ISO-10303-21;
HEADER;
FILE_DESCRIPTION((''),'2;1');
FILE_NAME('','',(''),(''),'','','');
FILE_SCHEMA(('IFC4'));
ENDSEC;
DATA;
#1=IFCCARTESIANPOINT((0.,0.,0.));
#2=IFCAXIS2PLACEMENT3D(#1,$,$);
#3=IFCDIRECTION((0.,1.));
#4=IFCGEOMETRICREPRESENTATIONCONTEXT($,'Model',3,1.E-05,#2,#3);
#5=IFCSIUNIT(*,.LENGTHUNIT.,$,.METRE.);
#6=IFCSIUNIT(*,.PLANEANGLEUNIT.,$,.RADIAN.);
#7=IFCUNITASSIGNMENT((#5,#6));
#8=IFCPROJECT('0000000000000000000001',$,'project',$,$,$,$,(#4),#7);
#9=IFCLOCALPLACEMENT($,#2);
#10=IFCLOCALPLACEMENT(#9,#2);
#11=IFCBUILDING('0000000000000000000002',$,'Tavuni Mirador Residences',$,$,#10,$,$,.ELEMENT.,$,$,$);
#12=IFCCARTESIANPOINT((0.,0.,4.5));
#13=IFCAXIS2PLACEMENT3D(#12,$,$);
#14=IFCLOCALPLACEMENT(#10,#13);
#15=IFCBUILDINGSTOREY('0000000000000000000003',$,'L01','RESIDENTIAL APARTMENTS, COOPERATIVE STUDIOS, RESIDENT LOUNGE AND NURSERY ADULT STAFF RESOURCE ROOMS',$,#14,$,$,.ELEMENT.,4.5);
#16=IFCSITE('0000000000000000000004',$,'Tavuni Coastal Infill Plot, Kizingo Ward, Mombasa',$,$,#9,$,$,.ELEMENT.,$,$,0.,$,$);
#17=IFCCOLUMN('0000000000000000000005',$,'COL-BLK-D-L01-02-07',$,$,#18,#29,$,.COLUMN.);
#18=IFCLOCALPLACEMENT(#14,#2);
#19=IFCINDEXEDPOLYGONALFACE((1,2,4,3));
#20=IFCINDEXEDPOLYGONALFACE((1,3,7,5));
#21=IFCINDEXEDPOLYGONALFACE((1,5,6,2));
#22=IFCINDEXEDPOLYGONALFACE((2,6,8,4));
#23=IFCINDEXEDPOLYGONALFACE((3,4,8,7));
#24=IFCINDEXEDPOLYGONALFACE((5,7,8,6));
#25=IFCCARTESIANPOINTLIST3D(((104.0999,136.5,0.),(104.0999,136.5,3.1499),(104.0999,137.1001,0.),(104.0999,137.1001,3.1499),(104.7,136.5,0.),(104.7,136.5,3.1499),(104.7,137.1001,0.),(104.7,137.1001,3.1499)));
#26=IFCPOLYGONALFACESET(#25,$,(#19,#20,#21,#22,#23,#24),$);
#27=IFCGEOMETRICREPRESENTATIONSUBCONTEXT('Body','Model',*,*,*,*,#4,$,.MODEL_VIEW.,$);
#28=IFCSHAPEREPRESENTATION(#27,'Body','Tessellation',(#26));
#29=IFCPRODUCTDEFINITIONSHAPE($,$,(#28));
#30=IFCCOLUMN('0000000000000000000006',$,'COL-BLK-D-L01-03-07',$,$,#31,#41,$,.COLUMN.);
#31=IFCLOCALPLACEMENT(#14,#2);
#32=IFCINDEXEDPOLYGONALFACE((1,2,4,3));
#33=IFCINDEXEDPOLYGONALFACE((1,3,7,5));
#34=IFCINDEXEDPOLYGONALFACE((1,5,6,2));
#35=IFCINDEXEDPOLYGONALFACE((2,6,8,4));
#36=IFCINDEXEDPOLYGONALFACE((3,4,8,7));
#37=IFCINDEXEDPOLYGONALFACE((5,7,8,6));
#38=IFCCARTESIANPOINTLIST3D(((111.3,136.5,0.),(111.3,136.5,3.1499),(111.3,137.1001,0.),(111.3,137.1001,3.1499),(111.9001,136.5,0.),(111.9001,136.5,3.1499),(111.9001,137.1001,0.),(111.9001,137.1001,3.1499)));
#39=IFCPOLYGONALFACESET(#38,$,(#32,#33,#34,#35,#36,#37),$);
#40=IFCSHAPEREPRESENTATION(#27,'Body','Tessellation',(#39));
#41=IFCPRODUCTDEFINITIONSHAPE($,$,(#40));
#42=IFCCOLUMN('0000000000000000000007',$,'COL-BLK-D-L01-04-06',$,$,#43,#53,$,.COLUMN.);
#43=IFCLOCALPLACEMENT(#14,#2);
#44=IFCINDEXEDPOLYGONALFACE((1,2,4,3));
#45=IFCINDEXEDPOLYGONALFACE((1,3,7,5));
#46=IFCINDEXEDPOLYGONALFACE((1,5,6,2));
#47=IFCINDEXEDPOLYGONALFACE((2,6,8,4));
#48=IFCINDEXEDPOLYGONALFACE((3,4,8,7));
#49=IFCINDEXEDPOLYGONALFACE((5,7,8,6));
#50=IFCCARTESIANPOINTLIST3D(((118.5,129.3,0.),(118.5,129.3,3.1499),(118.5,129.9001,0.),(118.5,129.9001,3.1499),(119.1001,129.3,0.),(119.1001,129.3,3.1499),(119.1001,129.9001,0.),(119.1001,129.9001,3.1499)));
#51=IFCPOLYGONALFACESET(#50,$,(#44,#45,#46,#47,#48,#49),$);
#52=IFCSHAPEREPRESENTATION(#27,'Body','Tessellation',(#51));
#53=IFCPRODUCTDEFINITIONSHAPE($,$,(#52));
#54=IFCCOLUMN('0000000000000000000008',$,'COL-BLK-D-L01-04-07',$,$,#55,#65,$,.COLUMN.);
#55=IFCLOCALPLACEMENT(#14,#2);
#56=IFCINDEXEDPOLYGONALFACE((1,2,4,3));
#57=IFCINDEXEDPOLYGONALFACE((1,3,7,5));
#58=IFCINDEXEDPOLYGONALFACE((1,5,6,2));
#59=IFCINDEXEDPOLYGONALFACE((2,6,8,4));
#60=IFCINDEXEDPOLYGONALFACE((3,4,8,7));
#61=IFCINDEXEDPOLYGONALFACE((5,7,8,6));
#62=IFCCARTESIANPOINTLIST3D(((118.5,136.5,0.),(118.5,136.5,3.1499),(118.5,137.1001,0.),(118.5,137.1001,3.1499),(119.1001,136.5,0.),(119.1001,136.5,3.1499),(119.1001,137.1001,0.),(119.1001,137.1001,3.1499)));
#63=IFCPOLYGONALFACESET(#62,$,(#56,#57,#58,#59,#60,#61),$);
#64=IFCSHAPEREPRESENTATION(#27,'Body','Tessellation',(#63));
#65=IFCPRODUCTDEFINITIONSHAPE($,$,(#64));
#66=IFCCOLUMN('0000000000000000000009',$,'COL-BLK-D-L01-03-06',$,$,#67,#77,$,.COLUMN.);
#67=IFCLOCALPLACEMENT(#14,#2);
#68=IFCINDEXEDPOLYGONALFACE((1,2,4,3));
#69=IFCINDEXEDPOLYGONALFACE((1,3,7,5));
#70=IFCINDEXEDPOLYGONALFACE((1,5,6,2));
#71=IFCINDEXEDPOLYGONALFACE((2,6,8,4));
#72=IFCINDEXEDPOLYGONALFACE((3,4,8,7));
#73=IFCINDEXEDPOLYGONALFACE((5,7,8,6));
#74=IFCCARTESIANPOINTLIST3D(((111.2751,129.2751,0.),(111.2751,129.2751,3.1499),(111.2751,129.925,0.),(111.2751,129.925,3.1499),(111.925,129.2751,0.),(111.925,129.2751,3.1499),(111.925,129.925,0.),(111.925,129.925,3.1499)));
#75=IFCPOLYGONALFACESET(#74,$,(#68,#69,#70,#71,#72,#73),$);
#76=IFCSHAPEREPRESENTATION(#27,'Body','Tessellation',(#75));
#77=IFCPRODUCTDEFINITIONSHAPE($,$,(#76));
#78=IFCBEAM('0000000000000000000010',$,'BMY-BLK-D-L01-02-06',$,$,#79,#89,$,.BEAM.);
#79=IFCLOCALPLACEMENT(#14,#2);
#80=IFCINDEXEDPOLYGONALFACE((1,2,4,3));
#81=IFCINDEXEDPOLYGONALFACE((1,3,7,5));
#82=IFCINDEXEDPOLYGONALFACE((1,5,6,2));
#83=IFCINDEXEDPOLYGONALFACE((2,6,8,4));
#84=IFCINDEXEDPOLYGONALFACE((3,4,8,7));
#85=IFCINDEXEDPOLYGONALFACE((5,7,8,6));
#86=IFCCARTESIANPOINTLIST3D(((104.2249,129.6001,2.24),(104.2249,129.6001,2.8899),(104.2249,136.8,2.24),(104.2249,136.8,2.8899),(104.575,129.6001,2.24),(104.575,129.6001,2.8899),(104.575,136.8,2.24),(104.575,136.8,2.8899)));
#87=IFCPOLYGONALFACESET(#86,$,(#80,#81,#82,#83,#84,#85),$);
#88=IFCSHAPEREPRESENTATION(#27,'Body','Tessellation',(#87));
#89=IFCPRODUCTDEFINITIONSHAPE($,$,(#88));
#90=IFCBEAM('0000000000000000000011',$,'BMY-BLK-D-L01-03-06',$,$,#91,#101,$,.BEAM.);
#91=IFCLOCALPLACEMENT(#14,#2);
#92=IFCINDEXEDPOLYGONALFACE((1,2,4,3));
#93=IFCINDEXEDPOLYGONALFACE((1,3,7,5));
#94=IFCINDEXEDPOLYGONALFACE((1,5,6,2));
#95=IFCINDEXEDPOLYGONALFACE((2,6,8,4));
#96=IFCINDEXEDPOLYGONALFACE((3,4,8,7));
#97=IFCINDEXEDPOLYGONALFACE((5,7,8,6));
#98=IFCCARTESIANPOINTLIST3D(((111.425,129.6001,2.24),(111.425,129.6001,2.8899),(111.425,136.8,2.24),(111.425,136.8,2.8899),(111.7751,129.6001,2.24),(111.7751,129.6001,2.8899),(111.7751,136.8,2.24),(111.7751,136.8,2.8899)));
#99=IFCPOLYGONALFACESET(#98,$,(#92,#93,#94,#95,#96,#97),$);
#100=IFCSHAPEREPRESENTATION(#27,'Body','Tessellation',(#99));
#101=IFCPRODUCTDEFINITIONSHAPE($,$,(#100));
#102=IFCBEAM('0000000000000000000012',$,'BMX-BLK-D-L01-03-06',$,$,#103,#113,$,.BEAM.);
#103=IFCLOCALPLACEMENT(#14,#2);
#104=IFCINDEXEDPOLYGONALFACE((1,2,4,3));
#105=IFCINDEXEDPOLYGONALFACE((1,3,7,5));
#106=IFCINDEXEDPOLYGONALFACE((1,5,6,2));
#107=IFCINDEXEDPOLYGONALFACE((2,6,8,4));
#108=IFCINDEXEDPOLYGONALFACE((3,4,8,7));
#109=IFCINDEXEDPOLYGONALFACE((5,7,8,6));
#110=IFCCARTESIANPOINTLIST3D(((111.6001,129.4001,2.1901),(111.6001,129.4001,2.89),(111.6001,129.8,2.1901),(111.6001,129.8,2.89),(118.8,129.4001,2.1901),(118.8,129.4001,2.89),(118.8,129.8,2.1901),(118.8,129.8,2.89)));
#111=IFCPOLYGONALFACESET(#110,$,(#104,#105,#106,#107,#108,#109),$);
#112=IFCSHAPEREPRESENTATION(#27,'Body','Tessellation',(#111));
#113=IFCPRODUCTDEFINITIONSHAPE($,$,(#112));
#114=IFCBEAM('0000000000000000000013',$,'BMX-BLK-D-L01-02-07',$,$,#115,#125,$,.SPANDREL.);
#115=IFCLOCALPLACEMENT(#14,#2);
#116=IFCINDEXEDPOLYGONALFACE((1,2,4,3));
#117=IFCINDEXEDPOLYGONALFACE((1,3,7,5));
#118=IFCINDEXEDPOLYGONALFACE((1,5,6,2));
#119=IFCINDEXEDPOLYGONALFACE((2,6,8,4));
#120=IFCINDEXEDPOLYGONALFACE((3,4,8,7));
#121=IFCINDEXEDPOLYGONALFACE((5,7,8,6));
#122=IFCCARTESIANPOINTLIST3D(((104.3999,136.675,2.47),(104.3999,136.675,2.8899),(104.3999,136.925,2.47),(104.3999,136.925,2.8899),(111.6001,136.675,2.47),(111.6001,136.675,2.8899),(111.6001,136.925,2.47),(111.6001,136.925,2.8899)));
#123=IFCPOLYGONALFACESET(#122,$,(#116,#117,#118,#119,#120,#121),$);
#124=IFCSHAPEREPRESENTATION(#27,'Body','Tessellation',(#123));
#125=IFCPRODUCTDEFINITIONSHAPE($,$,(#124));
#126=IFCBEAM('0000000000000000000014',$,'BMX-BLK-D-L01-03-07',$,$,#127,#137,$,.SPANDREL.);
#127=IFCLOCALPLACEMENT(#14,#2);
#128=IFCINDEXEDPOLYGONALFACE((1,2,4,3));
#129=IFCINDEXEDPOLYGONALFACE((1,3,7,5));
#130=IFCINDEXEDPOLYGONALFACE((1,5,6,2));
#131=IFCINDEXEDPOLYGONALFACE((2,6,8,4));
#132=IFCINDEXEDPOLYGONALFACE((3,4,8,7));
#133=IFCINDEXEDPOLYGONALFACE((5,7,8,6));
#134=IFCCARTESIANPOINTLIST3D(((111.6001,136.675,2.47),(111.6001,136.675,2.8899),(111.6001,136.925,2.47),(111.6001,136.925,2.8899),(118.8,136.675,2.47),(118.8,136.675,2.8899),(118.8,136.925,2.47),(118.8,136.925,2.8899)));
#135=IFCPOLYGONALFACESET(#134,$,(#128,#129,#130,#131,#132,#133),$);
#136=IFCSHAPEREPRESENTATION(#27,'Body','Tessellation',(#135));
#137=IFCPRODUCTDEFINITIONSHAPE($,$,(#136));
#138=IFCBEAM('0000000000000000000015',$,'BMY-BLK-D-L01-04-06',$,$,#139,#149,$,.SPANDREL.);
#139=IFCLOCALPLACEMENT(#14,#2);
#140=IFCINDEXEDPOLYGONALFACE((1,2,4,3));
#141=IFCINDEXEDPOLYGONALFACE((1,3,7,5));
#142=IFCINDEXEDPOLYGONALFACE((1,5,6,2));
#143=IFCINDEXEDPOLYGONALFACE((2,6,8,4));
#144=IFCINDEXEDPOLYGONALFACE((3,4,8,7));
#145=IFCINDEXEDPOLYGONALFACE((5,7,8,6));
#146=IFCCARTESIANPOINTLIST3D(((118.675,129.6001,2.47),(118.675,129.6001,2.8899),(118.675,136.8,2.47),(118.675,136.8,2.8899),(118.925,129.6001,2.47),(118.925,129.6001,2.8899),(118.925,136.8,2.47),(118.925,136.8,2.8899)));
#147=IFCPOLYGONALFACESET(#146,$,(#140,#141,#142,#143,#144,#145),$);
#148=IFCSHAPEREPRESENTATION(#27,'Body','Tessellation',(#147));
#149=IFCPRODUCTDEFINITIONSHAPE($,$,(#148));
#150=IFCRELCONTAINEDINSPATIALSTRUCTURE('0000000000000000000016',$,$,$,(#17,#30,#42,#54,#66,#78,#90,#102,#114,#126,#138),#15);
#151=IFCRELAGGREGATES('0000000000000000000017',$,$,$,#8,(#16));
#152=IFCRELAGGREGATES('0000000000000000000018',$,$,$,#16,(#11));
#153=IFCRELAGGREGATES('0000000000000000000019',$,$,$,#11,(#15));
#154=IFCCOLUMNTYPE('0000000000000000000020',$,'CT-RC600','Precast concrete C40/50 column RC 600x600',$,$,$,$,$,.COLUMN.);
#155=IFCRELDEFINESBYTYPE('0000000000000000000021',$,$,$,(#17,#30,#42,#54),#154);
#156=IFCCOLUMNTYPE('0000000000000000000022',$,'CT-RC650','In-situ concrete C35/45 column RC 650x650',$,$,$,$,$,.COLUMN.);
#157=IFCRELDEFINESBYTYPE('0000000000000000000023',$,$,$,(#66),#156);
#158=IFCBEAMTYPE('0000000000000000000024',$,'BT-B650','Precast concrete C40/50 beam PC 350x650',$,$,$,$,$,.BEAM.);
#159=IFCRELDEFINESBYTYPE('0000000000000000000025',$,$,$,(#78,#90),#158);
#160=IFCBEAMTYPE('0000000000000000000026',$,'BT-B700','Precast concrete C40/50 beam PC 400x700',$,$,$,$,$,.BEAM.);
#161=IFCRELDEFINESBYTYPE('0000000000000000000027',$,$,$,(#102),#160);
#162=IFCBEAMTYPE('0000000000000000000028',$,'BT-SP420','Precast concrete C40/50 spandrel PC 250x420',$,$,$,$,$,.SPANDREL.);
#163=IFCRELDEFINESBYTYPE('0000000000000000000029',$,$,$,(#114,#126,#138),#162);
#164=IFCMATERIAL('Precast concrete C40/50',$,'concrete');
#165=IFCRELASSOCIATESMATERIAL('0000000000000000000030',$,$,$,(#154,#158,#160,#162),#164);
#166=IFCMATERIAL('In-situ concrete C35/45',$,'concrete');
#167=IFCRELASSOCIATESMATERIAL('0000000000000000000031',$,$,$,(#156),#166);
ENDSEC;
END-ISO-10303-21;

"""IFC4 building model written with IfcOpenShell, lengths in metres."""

from ifc_helpers import new_model, si_unit, direction, frame, origin, origin_2d, place, context, subcontext, project, spatial, rectangle, extrude, material, material_profile, profile_set, type_object, element, save


model = new_model("IFC4")

# Units and contexts
model_context = context("Model", 3, precision=1e-05, world=origin(), true_north=direction((0.0, 1.0)))
body_context = subcontext(model_context, "Body", "Model", "MODEL_VIEW")
ifc_project = project(units=[si_unit("LENGTHUNIT", "METRE"), si_unit("PLANEANGLEUNIT", "RADIAN")], contexts=[model_context])

# Site, building, storey
site_placement = place(None, origin())
site = spatial("IfcSite", under=ifc_project, at=site_placement, Name="Tavuni Coastal Infill Plot, Kizingo Ward, Mombasa", CompositionType="ELEMENT", RefElevation=0.0)
building_placement = place(site_placement, origin())
building = spatial("IfcBuilding", under=site, at=building_placement, Name="Tavuni Mirador Residences", CompositionType="ELEMENT")
storey_placement = place(building_placement, frame((0.0, 0.0, 4.5)))
storey = spatial("IfcBuildingStorey", under=building, at=storey_placement, Name="L01", Description="RESIDENTIAL APARTMENTS, COOPERATIVE STUDIOS, RESIDENT LOUNGE AND NURSERY ADULT STAFF RESOURCE ROOMS", CompositionType="ELEMENT", Elevation=4.5)

# Columns
ifc_material_1 = material(Name="Precast concrete C40/50", Category="concrete")
ifc_material_profile_1 = material_profile(ifc_material_1, rectangle(XDim=0.6001, YDim=0.6001, at=origin_2d()), Name="RC 600x600", Category="concrete")
ifc_profile_set_1 = profile_set([ifc_material_profile_1], Name="Precast concrete C40/50")
column_type_1 = type_object("IfcColumnType", Name="CT-RC600", Description="Precast concrete C40/50 column RC 600x600", PredefinedType="COLUMN", material=ifc_profile_set_1)
for number, where, z_axis, x_axis, name in (
    (1, (104.3999, 136.8, 0.0), (0.0, 0.0, 1.0), (1.0, 0.0, 0.0), "COL-BLK-D-L01-02-07"),
    (2, (111.6001, 136.8, 0.0), (0.0, 0.0, 1.0), (1.0, 0.0, 0.0), "COL-BLK-D-L01-03-07"),
    (3, (118.8, 129.6001, 0.0), (0.0, 0.0, 1.0), (1.0, 0.0, 0.0), "COL-BLK-D-L01-04-06"),
    (4, (118.8, 136.8, 0.0), (0.0, 0.0, 1.0), (1.0, 0.0, 0.0), "COL-BLK-D-L01-04-07"),
):
    element("IfcColumn", number, at=place(storey_placement, frame(where, z_axis=z_axis, x_axis=x_axis)), inside=storey, type_object=column_type_1, Name=name, PredefinedType="COLUMN", context=body_context, shape_type="SweptSolid", body=[
        extrude(rectangle(XDim=0.6001, YDim=0.6001, at=origin_2d()), origin(), (0.0, 0.0, 1.0), 3.1499),
    ])
ifc_material_2 = material(Name="In-situ concrete C35/45", Category="concrete")
ifc_material_profile_2 = material_profile(ifc_material_2, rectangle(XDim=0.6499, YDim=0.6499, at=origin_2d()), Name="RC 650x650", Category="concrete")
ifc_profile_set_2 = profile_set([ifc_material_profile_2], Name="In-situ concrete C35/45")
column_type_2 = type_object("IfcColumnType", Name="CT-RC650", Description="In-situ concrete C35/45 column RC 650x650", PredefinedType="COLUMN", material=ifc_profile_set_2)
column_placement = place(storey_placement, frame((111.6001, 129.6001, 0.0), z_axis=(0.0, 0.0, 1.0), x_axis=(1.0, 0.0, 0.0)))
element("IfcColumn", 5, at=column_placement, inside=storey, type_object=column_type_2, Name="COL-BLK-D-L01-03-06", PredefinedType="COLUMN", context=body_context, shape_type="SweptSolid", body=[
    extrude(rectangle(XDim=0.6499, YDim=0.6499, at=origin_2d()), origin(), (0.0, 0.0, 1.0), 3.1499),
])

# Beams
ifc_material_profile_3 = material_profile(ifc_material_1, rectangle(XDim=0.3501, YDim=0.6499, at=origin_2d()), Name="PC 350x650", Category="concrete")
ifc_profile_set_3 = profile_set([ifc_material_profile_3], Name="Precast concrete C40/50")
beam_type_1 = type_object("IfcBeamType", Name="BT-B650", Description="Precast concrete C40/50 beam PC 350x650", PredefinedType="BEAM", material=ifc_profile_set_3)
for number, where, z_axis, x_axis, name in (
    (6, (104.3999, 129.6001, 2.5649), (0.0, 1.0, 0.0), (-1.0, 0.0, 0.0), "BMY-BLK-D-L01-02-06"),
    (7, (111.6001, 129.6001, 2.5649), (0.0, 1.0, 0.0), (-1.0, 0.0, 0.0), "BMY-BLK-D-L01-03-06"),
):
    element("IfcBeam", number, at=place(storey_placement, frame(where, z_axis=z_axis, x_axis=x_axis)), inside=storey, type_object=beam_type_1, Name=name, PredefinedType="BEAM", context=body_context, shape_type="SweptSolid", body=[
        extrude(rectangle(XDim=0.3501, YDim=0.6499, at=origin_2d()), origin(), (0.0, 0.0, 1.0), 7.2),
    ])
ifc_material_profile_4 = material_profile(ifc_material_1, rectangle(XDim=0.3999, YDim=0.7, at=origin_2d()), Name="PC 400x700", Category="concrete")
ifc_profile_set_4 = profile_set([ifc_material_profile_4], Name="Precast concrete C40/50")
beam_type_2 = type_object("IfcBeamType", Name="BT-B700", Description="Precast concrete C40/50 beam PC 400x700", PredefinedType="BEAM", material=ifc_profile_set_4)
beam_1_placement = place(storey_placement, frame((111.6001, 129.6001, 2.54), z_axis=(1.0, 0.0, 0.0), x_axis=(0.0, 1.0, 0.0)))
element("IfcBeam", 8, at=beam_1_placement, inside=storey, type_object=beam_type_2, Name="BMX-BLK-D-L01-03-06", PredefinedType="BEAM", context=body_context, shape_type="SweptSolid", body=[
    extrude(rectangle(XDim=0.3999, YDim=0.7, at=origin_2d()), origin(), (0.0, 0.0, 1.0), 7.2),
])
ifc_material_profile_5 = material_profile(ifc_material_1, rectangle(XDim=0.25, YDim=0.4199, at=origin_2d()), Name="PC 250x420", Category="concrete")
ifc_profile_set_5 = profile_set([ifc_material_profile_5], Name="Precast concrete C40/50")
beam_type_3 = type_object("IfcBeamType", Name="BT-SP420", Description="Precast concrete C40/50 spandrel PC 250x420", PredefinedType="SPANDREL", material=ifc_profile_set_5)
beam_2_placement = place(storey_placement, frame((104.3999, 136.8, 2.6799), z_axis=(1.0, 0.0, 0.0), x_axis=(0.0, 1.0, 0.0)))
element("IfcBeam", 9, at=beam_2_placement, inside=storey, type_object=beam_type_3, Name="BMX-BLK-D-L01-02-07", PredefinedType="SPANDREL", context=body_context, shape_type="SweptSolid", body=[
    extrude(rectangle(XDim=0.25, YDim=0.4199, at=origin_2d()), origin(), (0.0, 0.0, 1.0), 7.2002),
])
for number, where, z_axis, x_axis, name in (
    (10, (111.6001, 136.8, 2.6799), (1.0, 0.0, 0.0), (0.0, 1.0, 0.0), "BMX-BLK-D-L01-03-07"),
    (11, (118.8, 129.6001, 2.6799), (0.0, 1.0, 0.0), (-1.0, 0.0, 0.0), "BMY-BLK-D-L01-04-06"),
):
    element("IfcBeam", number, at=place(storey_placement, frame(where, z_axis=z_axis, x_axis=x_axis)), inside=storey, type_object=beam_type_3, Name=name, PredefinedType="SPANDREL", context=body_context, shape_type="SweptSolid", body=[
        extrude(rectangle(XDim=0.25, YDim=0.4199, at=origin_2d()), origin(), (0.0, 0.0, 1.0), 7.2),
    ])

save(model, "model.ifc")
